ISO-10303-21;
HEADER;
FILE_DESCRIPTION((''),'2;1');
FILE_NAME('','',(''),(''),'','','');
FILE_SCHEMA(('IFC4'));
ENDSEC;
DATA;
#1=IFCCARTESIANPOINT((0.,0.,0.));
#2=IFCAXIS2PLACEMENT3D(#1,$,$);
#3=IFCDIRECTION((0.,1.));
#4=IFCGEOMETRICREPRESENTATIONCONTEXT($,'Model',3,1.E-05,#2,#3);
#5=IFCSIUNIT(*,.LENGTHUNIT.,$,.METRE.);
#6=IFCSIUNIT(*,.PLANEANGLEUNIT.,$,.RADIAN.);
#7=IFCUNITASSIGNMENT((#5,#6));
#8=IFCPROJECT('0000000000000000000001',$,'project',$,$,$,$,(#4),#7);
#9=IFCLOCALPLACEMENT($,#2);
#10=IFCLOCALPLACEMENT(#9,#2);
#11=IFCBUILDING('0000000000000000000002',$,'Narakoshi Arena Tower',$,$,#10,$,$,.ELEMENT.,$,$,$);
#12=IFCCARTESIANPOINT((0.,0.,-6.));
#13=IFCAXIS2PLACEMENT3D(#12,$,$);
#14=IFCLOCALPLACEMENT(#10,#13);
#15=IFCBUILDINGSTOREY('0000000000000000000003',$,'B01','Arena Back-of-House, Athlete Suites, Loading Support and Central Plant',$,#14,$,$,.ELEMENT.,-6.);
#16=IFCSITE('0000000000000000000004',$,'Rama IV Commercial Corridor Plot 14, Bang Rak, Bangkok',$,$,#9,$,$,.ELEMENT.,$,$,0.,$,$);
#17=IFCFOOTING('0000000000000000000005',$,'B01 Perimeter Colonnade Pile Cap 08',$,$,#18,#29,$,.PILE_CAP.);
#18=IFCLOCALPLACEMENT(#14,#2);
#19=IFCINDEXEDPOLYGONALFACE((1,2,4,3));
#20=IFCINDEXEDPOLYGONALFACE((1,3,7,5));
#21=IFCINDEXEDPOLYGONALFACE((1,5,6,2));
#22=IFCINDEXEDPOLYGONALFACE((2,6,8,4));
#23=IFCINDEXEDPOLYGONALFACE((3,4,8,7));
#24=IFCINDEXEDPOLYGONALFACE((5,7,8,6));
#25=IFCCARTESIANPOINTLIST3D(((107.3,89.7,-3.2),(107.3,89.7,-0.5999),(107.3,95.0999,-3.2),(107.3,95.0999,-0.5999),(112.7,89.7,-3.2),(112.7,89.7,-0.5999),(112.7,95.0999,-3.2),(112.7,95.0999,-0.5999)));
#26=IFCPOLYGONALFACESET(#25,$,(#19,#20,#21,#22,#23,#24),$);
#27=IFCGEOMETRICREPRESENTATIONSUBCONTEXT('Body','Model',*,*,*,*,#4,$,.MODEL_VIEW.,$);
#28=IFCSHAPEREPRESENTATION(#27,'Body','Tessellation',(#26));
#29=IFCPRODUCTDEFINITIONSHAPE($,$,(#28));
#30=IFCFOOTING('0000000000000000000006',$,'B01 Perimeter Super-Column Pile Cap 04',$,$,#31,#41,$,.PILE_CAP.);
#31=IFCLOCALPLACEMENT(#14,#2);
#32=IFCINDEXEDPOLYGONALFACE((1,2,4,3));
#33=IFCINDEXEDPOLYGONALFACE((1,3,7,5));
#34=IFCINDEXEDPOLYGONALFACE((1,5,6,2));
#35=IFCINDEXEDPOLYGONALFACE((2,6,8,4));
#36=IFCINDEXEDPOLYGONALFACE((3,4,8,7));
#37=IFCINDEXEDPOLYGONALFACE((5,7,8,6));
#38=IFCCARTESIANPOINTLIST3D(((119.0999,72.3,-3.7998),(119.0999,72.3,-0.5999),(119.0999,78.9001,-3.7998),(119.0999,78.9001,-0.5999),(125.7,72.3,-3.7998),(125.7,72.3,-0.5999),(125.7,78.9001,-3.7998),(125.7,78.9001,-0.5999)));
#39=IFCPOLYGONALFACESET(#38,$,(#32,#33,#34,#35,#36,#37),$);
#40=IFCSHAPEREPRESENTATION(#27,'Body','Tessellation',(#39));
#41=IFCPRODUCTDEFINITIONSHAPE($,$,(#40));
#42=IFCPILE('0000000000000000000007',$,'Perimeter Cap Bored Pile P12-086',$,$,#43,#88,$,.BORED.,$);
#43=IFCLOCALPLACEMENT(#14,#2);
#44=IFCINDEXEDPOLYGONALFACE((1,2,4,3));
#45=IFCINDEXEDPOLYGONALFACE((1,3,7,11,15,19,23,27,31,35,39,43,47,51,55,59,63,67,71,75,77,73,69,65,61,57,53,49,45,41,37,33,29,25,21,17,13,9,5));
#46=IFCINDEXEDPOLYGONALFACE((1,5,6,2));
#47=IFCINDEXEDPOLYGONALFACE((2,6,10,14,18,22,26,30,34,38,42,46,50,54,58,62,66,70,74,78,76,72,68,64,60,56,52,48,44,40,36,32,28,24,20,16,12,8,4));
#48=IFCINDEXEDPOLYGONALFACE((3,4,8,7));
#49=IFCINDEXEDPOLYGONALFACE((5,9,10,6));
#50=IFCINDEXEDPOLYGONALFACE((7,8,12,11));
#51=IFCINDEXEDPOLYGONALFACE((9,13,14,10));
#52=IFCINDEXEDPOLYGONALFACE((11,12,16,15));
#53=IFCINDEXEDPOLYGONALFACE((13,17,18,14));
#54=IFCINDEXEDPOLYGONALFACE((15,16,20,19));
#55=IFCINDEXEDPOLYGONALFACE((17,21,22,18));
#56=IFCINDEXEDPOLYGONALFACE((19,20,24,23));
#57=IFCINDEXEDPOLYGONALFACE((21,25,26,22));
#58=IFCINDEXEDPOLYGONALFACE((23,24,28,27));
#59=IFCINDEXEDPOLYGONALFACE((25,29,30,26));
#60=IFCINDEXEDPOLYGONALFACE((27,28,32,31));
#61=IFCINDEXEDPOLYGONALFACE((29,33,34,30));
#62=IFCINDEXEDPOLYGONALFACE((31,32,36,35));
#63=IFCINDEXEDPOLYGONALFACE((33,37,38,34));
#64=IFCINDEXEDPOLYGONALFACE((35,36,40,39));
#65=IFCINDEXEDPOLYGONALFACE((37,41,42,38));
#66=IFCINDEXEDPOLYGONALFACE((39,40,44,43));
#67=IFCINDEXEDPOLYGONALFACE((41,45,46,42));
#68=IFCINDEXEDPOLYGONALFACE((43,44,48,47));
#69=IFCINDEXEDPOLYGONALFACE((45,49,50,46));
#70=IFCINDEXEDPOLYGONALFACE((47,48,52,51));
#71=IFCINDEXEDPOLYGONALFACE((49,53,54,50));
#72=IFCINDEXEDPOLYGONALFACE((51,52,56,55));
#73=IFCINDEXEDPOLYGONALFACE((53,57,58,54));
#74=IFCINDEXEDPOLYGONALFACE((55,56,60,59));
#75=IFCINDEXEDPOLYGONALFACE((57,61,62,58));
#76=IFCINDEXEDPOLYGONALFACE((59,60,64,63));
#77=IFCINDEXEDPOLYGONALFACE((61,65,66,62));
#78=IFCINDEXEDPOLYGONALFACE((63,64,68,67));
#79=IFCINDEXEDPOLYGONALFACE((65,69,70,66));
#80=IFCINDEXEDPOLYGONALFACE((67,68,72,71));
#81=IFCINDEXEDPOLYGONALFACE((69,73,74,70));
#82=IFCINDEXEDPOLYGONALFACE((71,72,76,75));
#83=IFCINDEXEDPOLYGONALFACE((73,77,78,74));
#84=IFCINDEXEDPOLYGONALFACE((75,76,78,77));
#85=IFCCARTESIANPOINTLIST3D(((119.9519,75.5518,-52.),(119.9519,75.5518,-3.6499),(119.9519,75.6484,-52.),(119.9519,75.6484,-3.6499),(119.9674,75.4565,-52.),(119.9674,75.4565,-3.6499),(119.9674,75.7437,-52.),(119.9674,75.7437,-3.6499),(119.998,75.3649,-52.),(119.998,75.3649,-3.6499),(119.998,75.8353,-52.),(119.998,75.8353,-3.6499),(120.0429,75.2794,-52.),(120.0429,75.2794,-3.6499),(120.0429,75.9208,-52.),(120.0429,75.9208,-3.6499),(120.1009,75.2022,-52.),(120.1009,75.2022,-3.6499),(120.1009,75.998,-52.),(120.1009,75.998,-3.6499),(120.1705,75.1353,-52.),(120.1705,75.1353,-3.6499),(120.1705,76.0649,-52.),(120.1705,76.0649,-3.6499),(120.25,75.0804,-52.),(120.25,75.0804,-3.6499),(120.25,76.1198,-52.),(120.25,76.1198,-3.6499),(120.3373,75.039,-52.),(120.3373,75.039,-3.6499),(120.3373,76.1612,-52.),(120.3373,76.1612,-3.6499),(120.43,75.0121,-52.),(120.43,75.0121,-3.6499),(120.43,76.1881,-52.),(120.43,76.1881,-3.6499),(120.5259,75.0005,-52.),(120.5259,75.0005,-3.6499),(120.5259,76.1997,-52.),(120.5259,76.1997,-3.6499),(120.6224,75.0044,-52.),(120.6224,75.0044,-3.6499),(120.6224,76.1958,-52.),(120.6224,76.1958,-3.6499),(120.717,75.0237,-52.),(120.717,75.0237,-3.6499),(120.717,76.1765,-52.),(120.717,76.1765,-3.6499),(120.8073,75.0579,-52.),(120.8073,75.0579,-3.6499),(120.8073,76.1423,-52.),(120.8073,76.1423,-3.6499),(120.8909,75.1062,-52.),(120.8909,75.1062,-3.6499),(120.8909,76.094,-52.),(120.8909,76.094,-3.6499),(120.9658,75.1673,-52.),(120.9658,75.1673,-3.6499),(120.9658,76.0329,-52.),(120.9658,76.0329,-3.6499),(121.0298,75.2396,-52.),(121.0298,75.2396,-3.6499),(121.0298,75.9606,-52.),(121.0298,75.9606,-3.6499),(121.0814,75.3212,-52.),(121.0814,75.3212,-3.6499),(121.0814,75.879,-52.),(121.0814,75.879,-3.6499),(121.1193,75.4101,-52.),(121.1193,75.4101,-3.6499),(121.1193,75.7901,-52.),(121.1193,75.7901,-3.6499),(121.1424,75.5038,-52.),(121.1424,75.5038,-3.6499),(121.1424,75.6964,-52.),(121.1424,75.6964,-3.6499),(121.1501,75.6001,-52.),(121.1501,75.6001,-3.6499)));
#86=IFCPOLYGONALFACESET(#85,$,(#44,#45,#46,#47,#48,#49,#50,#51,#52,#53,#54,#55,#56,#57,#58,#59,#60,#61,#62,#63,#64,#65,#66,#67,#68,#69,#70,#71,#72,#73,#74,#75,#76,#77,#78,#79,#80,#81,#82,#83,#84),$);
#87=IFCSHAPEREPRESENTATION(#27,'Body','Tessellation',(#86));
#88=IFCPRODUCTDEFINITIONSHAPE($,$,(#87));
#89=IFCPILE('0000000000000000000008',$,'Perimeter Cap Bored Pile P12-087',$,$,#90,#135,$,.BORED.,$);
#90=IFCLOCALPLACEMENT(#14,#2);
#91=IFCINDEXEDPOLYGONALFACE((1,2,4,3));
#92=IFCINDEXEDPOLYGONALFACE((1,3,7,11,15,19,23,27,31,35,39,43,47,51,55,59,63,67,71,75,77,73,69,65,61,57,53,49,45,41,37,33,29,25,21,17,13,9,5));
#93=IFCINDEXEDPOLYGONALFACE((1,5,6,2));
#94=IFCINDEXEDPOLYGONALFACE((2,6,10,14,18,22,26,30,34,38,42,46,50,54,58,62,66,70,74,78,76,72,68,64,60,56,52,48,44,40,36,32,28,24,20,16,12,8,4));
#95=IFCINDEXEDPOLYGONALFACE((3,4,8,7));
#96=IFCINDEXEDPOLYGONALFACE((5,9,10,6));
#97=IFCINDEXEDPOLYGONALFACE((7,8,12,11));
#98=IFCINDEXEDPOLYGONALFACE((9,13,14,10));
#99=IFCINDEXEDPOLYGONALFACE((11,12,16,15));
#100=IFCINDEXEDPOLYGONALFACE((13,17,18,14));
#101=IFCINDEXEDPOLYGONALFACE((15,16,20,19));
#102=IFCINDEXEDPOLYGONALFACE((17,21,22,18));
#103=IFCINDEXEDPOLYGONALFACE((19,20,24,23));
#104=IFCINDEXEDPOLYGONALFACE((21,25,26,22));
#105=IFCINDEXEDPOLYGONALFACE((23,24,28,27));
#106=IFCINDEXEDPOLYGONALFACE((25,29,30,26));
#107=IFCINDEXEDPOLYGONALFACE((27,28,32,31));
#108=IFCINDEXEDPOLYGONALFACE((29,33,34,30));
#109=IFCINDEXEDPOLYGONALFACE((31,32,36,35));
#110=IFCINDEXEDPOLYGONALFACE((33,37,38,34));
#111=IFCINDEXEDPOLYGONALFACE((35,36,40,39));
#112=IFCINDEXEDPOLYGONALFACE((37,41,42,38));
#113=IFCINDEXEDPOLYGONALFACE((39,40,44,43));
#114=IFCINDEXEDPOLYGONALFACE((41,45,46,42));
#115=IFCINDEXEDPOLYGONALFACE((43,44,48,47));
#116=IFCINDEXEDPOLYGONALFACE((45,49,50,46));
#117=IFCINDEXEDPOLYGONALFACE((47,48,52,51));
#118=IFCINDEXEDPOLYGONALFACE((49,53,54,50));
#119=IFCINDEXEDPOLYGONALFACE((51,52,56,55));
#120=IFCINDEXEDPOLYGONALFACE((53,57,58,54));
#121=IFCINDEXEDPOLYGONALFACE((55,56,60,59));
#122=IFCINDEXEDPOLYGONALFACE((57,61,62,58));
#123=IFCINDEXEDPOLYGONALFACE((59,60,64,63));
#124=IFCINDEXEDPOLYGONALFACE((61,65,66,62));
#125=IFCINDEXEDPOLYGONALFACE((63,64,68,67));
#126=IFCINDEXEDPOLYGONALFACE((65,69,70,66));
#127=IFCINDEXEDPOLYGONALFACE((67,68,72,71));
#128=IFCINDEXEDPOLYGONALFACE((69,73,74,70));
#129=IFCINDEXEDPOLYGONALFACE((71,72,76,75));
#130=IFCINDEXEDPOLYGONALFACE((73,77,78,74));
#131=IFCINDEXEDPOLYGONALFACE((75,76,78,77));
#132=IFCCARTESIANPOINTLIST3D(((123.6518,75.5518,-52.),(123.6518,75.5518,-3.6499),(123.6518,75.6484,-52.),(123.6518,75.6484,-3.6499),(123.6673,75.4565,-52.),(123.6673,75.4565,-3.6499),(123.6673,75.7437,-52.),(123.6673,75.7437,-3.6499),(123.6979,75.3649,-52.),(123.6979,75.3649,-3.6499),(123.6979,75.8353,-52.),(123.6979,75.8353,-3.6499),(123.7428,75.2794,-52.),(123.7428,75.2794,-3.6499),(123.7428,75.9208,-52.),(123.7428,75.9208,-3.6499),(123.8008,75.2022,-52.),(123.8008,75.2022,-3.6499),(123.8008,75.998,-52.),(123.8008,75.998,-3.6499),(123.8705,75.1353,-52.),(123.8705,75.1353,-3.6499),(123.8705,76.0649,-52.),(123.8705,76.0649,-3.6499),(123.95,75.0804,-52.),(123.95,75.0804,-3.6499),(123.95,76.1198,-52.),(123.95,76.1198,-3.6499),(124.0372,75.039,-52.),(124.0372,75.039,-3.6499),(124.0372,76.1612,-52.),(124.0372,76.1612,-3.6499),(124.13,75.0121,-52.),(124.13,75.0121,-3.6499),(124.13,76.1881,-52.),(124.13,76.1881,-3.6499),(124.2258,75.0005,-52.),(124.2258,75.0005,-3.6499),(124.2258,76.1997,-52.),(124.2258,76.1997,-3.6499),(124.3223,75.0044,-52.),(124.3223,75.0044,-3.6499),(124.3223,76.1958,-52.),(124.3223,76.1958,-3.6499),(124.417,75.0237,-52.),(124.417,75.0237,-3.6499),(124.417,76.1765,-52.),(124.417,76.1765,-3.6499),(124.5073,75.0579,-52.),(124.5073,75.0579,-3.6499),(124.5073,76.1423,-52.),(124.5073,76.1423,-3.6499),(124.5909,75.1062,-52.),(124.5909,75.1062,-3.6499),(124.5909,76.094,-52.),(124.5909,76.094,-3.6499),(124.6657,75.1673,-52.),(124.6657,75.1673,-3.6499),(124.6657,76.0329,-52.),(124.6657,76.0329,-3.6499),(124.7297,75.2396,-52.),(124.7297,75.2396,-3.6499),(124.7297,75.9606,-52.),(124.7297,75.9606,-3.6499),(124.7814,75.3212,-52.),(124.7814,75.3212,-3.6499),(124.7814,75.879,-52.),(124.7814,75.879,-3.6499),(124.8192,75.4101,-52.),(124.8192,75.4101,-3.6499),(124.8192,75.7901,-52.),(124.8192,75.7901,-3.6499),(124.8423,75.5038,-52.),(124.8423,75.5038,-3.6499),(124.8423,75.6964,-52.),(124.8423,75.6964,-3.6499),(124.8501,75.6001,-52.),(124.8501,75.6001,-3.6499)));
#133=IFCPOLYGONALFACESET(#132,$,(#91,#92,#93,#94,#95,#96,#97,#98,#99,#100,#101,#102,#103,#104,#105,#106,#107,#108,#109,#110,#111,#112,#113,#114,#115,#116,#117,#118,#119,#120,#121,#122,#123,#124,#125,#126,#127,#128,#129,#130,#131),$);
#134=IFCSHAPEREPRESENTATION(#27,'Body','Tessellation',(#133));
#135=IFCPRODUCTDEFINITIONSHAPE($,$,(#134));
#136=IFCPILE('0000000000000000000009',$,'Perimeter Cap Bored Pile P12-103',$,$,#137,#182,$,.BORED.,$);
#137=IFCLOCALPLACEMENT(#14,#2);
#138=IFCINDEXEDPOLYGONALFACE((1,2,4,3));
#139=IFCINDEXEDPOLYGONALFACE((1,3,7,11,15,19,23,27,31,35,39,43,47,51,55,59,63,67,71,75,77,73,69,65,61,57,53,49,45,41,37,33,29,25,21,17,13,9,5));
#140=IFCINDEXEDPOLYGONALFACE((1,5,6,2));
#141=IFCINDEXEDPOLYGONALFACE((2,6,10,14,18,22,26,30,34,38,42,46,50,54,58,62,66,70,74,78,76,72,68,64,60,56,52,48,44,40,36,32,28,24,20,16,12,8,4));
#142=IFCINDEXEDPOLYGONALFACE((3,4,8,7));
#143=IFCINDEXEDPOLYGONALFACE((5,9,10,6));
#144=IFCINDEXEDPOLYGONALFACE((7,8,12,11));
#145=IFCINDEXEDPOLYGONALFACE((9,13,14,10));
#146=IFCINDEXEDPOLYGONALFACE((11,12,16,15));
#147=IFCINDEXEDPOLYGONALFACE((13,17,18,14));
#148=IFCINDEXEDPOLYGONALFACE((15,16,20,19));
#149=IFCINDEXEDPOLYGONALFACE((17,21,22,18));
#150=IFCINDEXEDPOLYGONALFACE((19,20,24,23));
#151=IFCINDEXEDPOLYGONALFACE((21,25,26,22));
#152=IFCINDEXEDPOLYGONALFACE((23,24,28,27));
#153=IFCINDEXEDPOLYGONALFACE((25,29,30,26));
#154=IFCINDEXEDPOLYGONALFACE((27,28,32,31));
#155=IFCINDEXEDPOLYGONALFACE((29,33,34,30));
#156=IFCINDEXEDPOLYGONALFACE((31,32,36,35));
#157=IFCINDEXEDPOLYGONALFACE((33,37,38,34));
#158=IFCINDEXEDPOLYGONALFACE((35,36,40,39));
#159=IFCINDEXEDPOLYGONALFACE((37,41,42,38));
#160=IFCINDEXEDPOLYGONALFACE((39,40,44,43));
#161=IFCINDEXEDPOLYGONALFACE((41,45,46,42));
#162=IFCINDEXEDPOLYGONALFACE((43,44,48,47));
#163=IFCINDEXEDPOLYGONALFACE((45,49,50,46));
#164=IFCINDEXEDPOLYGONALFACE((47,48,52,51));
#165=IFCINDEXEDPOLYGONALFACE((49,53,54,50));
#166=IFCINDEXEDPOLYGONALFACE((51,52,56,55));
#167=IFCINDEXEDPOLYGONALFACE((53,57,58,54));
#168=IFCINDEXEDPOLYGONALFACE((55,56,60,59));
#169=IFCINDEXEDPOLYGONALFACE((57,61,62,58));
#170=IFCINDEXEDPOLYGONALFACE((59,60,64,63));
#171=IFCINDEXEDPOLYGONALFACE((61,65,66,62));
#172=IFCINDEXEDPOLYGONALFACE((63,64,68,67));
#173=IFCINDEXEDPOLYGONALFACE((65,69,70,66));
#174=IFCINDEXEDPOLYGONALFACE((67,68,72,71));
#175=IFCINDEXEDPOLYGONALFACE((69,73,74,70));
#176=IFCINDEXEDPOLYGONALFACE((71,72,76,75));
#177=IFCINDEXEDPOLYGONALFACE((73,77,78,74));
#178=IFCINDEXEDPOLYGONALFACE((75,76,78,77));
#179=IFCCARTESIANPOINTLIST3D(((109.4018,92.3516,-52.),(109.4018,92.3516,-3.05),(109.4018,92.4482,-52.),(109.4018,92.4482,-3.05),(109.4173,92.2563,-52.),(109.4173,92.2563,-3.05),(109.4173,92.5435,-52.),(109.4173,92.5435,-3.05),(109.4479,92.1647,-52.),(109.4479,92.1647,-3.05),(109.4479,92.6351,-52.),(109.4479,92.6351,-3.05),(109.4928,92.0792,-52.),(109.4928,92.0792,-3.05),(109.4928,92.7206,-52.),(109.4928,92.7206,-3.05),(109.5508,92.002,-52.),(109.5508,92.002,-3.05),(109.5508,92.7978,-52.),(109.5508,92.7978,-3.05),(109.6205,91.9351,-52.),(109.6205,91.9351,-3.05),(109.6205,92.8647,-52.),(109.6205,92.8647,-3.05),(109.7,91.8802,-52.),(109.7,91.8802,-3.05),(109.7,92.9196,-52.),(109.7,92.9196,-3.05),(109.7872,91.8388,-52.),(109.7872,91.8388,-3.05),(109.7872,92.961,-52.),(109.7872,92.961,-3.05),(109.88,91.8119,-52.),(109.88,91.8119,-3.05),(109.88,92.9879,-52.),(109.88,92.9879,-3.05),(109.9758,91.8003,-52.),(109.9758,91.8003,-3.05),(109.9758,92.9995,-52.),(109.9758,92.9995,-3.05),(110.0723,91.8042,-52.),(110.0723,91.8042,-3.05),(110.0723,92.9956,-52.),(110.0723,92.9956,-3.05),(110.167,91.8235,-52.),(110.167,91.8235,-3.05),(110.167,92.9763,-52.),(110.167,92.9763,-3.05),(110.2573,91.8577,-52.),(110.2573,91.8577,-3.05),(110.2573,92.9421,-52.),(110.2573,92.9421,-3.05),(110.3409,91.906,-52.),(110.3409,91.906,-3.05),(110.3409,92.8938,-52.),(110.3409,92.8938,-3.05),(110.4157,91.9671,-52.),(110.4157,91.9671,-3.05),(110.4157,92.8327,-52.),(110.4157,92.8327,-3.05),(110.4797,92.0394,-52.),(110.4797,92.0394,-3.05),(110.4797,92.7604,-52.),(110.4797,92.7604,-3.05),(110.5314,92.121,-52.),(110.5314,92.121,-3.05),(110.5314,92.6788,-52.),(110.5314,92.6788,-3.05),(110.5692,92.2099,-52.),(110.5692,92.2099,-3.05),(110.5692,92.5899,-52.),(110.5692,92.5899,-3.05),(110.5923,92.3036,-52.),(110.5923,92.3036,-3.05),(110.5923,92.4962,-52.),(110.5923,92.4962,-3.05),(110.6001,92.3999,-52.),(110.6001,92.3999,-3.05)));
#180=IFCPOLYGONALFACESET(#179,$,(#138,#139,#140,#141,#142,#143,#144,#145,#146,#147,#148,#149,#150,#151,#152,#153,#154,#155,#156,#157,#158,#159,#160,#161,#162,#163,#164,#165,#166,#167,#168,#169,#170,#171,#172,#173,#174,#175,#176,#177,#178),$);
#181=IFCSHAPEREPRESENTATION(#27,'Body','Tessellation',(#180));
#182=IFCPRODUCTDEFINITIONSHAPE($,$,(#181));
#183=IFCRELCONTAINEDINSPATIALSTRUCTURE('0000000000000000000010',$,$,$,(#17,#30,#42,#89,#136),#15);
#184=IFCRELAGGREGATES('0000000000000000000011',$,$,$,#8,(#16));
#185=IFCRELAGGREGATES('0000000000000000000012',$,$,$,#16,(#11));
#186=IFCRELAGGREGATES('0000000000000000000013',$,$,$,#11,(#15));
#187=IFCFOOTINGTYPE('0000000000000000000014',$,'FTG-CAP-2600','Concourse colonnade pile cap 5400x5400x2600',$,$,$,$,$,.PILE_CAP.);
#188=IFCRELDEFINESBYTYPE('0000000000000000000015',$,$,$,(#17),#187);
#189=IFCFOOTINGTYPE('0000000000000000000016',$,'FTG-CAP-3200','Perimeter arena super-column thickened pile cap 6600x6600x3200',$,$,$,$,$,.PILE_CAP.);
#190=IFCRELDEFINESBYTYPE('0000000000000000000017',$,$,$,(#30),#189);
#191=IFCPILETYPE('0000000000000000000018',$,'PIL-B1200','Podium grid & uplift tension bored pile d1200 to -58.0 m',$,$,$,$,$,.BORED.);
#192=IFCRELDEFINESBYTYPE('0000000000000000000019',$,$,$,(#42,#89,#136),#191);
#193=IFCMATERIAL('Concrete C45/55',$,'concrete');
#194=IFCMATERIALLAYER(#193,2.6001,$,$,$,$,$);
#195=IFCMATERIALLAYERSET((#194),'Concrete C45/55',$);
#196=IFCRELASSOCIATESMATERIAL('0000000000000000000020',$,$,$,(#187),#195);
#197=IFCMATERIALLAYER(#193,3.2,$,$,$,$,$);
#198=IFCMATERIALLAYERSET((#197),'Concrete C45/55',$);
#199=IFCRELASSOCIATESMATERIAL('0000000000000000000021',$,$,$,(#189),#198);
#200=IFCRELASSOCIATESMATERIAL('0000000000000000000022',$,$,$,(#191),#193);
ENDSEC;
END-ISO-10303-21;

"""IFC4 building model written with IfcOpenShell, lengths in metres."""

from ifc_helpers import new_model, si_unit, direction, frame, origin, origin_2d, place, context, subcontext, project, spatial, rectangle, circle, extrude, material, layer, layer_set, material_profile, profile_set, type_object, element, save


model = new_model("IFC4")

# Units and contexts
model_context = context("Model", 3, precision=1e-05, world=origin(), true_north=direction((0.0, 1.0)))
body_context = subcontext(model_context, "Body", "Model", "MODEL_VIEW")
ifc_project = project(units=[si_unit("LENGTHUNIT", "METRE"), si_unit("PLANEANGLEUNIT", "RADIAN")], contexts=[model_context])

# Site, building, storey
site_placement = place(None, origin())
site = spatial("IfcSite", under=ifc_project, at=site_placement, Name="Rama IV Commercial Corridor Plot 14, Bang Rak, Bangkok", CompositionType="ELEMENT", RefElevation=0.0)
building_placement = place(site_placement, origin())
building = spatial("IfcBuilding", under=site, at=building_placement, Name="Narakoshi Arena Tower", CompositionType="ELEMENT")
storey_placement = place(building_placement, frame((0.0, 0.0, -6.0)))
storey = spatial("IfcBuildingStorey", under=building, at=storey_placement, Name="B01", Description="Arena Back-of-House, Athlete Suites, Loading Support and Central Plant", CompositionType="ELEMENT", Elevation=-6.0)

# Footings
ifc_material_1 = material(Name="Concrete C45/55", Category="concrete")
ifc_layer_1 = layer(ifc_material_1, 2.6001)
ifc_layer_set_1 = layer_set([ifc_layer_1], Name="Concrete C45/55")
footing_type_1 = type_object("IfcFootingType", Name="FTG-CAP-2600", Description="Concourse colonnade pile cap 5400x5400x2600", PredefinedType="PILE_CAP", material=ifc_layer_set_1)
footing_1_placement = place(storey_placement, frame((110.0, 92.3999, -3.2), z_axis=(0.0, 0.0, 1.0), x_axis=(1.0, 0.0, 0.0)))
element("IfcFooting", 1, at=footing_1_placement, inside=storey, type_object=footing_type_1, Name="B01 Perimeter Colonnade Pile Cap 08", PredefinedType="PILE_CAP", context=body_context, shape_type="SweptSolid", body=[
    extrude(rectangle(XDim=5.3999, YDim=5.3999, at=origin_2d()), origin(), (0.0, 0.0, 1.0), 2.6001),
])
ifc_layer_2 = layer(ifc_material_1, 3.2)
ifc_layer_set_2 = layer_set([ifc_layer_2], Name="Concrete C45/55")
footing_type_2 = type_object("IfcFootingType", Name="FTG-CAP-3200", Description="Perimeter arena super-column thickened pile cap 6600x6600x3200", PredefinedType="PILE_CAP", material=ifc_layer_set_2)
footing_2_placement = place(storey_placement, frame((122.3999, 75.6001, -3.7998), z_axis=(0.0, 0.0, 1.0), x_axis=(1.0, 0.0, 0.0)))
element("IfcFooting", 2, at=footing_2_placement, inside=storey, type_object=footing_type_2, Name="B01 Perimeter Super-Column Pile Cap 04", PredefinedType="PILE_CAP", context=body_context, shape_type="SweptSolid", body=[
    extrude(rectangle(XDim=6.6001, YDim=6.6001, at=origin_2d()), origin(), (0.0, 0.0, 1.0), 3.2),
])

# Piles
ifc_material_profile_1 = material_profile(ifc_material_1, circle(Radius=0.6001, at=origin_2d()), Name="PILE-D1200")
ifc_profile_set_1 = profile_set([ifc_material_profile_1], Name="Concrete C45/55")
pile_type_1 = type_object("IfcPileType", Name="PIL-B1200", Description="Podium grid & uplift tension bored pile d1200 to -58.0 m", PredefinedType="BORED", material=ifc_profile_set_1)
for number, where, z_axis, x_axis, name in (
    (3, (120.55, 75.6001, -3.6499), (0.0, 0.0, -1.0), (1.0, 0.0, 0.0), "Perimeter Cap Bored Pile P12-086"),
    (4, (124.25, 75.6001, -3.6499), (0.0, 0.0, -1.0), (1.0, 0.0, 0.0), "Perimeter Cap Bored Pile P12-087"),
):
    element("IfcPile", number, at=place(storey_placement, frame(where, z_axis=z_axis, x_axis=x_axis)), inside=storey, type_object=pile_type_1, Name=name, PredefinedType="BORED", context=body_context, shape_type="SweptSolid", body=[
        extrude(circle(Radius=0.6001, at=origin_2d()), origin(), (0.0, 0.0, 1.0), 48.3501),
    ])
pile_1_placement = place(storey_placement, frame((110.0, 92.3999, -3.05), z_axis=(0.0, 0.0, -1.0), x_axis=(1.0, 0.0, 0.0)))
element("IfcPile", 5, at=pile_1_placement, inside=storey, type_object=pile_type_1, Name="Perimeter Cap Bored Pile P12-103", PredefinedType="BORED", context=body_context, shape_type="SweptSolid", body=[
    extrude(circle(Radius=0.6001, at=origin_2d()), origin(), (0.0, 0.0, 1.0), 48.95),
])

save(model, "model.ifc")
